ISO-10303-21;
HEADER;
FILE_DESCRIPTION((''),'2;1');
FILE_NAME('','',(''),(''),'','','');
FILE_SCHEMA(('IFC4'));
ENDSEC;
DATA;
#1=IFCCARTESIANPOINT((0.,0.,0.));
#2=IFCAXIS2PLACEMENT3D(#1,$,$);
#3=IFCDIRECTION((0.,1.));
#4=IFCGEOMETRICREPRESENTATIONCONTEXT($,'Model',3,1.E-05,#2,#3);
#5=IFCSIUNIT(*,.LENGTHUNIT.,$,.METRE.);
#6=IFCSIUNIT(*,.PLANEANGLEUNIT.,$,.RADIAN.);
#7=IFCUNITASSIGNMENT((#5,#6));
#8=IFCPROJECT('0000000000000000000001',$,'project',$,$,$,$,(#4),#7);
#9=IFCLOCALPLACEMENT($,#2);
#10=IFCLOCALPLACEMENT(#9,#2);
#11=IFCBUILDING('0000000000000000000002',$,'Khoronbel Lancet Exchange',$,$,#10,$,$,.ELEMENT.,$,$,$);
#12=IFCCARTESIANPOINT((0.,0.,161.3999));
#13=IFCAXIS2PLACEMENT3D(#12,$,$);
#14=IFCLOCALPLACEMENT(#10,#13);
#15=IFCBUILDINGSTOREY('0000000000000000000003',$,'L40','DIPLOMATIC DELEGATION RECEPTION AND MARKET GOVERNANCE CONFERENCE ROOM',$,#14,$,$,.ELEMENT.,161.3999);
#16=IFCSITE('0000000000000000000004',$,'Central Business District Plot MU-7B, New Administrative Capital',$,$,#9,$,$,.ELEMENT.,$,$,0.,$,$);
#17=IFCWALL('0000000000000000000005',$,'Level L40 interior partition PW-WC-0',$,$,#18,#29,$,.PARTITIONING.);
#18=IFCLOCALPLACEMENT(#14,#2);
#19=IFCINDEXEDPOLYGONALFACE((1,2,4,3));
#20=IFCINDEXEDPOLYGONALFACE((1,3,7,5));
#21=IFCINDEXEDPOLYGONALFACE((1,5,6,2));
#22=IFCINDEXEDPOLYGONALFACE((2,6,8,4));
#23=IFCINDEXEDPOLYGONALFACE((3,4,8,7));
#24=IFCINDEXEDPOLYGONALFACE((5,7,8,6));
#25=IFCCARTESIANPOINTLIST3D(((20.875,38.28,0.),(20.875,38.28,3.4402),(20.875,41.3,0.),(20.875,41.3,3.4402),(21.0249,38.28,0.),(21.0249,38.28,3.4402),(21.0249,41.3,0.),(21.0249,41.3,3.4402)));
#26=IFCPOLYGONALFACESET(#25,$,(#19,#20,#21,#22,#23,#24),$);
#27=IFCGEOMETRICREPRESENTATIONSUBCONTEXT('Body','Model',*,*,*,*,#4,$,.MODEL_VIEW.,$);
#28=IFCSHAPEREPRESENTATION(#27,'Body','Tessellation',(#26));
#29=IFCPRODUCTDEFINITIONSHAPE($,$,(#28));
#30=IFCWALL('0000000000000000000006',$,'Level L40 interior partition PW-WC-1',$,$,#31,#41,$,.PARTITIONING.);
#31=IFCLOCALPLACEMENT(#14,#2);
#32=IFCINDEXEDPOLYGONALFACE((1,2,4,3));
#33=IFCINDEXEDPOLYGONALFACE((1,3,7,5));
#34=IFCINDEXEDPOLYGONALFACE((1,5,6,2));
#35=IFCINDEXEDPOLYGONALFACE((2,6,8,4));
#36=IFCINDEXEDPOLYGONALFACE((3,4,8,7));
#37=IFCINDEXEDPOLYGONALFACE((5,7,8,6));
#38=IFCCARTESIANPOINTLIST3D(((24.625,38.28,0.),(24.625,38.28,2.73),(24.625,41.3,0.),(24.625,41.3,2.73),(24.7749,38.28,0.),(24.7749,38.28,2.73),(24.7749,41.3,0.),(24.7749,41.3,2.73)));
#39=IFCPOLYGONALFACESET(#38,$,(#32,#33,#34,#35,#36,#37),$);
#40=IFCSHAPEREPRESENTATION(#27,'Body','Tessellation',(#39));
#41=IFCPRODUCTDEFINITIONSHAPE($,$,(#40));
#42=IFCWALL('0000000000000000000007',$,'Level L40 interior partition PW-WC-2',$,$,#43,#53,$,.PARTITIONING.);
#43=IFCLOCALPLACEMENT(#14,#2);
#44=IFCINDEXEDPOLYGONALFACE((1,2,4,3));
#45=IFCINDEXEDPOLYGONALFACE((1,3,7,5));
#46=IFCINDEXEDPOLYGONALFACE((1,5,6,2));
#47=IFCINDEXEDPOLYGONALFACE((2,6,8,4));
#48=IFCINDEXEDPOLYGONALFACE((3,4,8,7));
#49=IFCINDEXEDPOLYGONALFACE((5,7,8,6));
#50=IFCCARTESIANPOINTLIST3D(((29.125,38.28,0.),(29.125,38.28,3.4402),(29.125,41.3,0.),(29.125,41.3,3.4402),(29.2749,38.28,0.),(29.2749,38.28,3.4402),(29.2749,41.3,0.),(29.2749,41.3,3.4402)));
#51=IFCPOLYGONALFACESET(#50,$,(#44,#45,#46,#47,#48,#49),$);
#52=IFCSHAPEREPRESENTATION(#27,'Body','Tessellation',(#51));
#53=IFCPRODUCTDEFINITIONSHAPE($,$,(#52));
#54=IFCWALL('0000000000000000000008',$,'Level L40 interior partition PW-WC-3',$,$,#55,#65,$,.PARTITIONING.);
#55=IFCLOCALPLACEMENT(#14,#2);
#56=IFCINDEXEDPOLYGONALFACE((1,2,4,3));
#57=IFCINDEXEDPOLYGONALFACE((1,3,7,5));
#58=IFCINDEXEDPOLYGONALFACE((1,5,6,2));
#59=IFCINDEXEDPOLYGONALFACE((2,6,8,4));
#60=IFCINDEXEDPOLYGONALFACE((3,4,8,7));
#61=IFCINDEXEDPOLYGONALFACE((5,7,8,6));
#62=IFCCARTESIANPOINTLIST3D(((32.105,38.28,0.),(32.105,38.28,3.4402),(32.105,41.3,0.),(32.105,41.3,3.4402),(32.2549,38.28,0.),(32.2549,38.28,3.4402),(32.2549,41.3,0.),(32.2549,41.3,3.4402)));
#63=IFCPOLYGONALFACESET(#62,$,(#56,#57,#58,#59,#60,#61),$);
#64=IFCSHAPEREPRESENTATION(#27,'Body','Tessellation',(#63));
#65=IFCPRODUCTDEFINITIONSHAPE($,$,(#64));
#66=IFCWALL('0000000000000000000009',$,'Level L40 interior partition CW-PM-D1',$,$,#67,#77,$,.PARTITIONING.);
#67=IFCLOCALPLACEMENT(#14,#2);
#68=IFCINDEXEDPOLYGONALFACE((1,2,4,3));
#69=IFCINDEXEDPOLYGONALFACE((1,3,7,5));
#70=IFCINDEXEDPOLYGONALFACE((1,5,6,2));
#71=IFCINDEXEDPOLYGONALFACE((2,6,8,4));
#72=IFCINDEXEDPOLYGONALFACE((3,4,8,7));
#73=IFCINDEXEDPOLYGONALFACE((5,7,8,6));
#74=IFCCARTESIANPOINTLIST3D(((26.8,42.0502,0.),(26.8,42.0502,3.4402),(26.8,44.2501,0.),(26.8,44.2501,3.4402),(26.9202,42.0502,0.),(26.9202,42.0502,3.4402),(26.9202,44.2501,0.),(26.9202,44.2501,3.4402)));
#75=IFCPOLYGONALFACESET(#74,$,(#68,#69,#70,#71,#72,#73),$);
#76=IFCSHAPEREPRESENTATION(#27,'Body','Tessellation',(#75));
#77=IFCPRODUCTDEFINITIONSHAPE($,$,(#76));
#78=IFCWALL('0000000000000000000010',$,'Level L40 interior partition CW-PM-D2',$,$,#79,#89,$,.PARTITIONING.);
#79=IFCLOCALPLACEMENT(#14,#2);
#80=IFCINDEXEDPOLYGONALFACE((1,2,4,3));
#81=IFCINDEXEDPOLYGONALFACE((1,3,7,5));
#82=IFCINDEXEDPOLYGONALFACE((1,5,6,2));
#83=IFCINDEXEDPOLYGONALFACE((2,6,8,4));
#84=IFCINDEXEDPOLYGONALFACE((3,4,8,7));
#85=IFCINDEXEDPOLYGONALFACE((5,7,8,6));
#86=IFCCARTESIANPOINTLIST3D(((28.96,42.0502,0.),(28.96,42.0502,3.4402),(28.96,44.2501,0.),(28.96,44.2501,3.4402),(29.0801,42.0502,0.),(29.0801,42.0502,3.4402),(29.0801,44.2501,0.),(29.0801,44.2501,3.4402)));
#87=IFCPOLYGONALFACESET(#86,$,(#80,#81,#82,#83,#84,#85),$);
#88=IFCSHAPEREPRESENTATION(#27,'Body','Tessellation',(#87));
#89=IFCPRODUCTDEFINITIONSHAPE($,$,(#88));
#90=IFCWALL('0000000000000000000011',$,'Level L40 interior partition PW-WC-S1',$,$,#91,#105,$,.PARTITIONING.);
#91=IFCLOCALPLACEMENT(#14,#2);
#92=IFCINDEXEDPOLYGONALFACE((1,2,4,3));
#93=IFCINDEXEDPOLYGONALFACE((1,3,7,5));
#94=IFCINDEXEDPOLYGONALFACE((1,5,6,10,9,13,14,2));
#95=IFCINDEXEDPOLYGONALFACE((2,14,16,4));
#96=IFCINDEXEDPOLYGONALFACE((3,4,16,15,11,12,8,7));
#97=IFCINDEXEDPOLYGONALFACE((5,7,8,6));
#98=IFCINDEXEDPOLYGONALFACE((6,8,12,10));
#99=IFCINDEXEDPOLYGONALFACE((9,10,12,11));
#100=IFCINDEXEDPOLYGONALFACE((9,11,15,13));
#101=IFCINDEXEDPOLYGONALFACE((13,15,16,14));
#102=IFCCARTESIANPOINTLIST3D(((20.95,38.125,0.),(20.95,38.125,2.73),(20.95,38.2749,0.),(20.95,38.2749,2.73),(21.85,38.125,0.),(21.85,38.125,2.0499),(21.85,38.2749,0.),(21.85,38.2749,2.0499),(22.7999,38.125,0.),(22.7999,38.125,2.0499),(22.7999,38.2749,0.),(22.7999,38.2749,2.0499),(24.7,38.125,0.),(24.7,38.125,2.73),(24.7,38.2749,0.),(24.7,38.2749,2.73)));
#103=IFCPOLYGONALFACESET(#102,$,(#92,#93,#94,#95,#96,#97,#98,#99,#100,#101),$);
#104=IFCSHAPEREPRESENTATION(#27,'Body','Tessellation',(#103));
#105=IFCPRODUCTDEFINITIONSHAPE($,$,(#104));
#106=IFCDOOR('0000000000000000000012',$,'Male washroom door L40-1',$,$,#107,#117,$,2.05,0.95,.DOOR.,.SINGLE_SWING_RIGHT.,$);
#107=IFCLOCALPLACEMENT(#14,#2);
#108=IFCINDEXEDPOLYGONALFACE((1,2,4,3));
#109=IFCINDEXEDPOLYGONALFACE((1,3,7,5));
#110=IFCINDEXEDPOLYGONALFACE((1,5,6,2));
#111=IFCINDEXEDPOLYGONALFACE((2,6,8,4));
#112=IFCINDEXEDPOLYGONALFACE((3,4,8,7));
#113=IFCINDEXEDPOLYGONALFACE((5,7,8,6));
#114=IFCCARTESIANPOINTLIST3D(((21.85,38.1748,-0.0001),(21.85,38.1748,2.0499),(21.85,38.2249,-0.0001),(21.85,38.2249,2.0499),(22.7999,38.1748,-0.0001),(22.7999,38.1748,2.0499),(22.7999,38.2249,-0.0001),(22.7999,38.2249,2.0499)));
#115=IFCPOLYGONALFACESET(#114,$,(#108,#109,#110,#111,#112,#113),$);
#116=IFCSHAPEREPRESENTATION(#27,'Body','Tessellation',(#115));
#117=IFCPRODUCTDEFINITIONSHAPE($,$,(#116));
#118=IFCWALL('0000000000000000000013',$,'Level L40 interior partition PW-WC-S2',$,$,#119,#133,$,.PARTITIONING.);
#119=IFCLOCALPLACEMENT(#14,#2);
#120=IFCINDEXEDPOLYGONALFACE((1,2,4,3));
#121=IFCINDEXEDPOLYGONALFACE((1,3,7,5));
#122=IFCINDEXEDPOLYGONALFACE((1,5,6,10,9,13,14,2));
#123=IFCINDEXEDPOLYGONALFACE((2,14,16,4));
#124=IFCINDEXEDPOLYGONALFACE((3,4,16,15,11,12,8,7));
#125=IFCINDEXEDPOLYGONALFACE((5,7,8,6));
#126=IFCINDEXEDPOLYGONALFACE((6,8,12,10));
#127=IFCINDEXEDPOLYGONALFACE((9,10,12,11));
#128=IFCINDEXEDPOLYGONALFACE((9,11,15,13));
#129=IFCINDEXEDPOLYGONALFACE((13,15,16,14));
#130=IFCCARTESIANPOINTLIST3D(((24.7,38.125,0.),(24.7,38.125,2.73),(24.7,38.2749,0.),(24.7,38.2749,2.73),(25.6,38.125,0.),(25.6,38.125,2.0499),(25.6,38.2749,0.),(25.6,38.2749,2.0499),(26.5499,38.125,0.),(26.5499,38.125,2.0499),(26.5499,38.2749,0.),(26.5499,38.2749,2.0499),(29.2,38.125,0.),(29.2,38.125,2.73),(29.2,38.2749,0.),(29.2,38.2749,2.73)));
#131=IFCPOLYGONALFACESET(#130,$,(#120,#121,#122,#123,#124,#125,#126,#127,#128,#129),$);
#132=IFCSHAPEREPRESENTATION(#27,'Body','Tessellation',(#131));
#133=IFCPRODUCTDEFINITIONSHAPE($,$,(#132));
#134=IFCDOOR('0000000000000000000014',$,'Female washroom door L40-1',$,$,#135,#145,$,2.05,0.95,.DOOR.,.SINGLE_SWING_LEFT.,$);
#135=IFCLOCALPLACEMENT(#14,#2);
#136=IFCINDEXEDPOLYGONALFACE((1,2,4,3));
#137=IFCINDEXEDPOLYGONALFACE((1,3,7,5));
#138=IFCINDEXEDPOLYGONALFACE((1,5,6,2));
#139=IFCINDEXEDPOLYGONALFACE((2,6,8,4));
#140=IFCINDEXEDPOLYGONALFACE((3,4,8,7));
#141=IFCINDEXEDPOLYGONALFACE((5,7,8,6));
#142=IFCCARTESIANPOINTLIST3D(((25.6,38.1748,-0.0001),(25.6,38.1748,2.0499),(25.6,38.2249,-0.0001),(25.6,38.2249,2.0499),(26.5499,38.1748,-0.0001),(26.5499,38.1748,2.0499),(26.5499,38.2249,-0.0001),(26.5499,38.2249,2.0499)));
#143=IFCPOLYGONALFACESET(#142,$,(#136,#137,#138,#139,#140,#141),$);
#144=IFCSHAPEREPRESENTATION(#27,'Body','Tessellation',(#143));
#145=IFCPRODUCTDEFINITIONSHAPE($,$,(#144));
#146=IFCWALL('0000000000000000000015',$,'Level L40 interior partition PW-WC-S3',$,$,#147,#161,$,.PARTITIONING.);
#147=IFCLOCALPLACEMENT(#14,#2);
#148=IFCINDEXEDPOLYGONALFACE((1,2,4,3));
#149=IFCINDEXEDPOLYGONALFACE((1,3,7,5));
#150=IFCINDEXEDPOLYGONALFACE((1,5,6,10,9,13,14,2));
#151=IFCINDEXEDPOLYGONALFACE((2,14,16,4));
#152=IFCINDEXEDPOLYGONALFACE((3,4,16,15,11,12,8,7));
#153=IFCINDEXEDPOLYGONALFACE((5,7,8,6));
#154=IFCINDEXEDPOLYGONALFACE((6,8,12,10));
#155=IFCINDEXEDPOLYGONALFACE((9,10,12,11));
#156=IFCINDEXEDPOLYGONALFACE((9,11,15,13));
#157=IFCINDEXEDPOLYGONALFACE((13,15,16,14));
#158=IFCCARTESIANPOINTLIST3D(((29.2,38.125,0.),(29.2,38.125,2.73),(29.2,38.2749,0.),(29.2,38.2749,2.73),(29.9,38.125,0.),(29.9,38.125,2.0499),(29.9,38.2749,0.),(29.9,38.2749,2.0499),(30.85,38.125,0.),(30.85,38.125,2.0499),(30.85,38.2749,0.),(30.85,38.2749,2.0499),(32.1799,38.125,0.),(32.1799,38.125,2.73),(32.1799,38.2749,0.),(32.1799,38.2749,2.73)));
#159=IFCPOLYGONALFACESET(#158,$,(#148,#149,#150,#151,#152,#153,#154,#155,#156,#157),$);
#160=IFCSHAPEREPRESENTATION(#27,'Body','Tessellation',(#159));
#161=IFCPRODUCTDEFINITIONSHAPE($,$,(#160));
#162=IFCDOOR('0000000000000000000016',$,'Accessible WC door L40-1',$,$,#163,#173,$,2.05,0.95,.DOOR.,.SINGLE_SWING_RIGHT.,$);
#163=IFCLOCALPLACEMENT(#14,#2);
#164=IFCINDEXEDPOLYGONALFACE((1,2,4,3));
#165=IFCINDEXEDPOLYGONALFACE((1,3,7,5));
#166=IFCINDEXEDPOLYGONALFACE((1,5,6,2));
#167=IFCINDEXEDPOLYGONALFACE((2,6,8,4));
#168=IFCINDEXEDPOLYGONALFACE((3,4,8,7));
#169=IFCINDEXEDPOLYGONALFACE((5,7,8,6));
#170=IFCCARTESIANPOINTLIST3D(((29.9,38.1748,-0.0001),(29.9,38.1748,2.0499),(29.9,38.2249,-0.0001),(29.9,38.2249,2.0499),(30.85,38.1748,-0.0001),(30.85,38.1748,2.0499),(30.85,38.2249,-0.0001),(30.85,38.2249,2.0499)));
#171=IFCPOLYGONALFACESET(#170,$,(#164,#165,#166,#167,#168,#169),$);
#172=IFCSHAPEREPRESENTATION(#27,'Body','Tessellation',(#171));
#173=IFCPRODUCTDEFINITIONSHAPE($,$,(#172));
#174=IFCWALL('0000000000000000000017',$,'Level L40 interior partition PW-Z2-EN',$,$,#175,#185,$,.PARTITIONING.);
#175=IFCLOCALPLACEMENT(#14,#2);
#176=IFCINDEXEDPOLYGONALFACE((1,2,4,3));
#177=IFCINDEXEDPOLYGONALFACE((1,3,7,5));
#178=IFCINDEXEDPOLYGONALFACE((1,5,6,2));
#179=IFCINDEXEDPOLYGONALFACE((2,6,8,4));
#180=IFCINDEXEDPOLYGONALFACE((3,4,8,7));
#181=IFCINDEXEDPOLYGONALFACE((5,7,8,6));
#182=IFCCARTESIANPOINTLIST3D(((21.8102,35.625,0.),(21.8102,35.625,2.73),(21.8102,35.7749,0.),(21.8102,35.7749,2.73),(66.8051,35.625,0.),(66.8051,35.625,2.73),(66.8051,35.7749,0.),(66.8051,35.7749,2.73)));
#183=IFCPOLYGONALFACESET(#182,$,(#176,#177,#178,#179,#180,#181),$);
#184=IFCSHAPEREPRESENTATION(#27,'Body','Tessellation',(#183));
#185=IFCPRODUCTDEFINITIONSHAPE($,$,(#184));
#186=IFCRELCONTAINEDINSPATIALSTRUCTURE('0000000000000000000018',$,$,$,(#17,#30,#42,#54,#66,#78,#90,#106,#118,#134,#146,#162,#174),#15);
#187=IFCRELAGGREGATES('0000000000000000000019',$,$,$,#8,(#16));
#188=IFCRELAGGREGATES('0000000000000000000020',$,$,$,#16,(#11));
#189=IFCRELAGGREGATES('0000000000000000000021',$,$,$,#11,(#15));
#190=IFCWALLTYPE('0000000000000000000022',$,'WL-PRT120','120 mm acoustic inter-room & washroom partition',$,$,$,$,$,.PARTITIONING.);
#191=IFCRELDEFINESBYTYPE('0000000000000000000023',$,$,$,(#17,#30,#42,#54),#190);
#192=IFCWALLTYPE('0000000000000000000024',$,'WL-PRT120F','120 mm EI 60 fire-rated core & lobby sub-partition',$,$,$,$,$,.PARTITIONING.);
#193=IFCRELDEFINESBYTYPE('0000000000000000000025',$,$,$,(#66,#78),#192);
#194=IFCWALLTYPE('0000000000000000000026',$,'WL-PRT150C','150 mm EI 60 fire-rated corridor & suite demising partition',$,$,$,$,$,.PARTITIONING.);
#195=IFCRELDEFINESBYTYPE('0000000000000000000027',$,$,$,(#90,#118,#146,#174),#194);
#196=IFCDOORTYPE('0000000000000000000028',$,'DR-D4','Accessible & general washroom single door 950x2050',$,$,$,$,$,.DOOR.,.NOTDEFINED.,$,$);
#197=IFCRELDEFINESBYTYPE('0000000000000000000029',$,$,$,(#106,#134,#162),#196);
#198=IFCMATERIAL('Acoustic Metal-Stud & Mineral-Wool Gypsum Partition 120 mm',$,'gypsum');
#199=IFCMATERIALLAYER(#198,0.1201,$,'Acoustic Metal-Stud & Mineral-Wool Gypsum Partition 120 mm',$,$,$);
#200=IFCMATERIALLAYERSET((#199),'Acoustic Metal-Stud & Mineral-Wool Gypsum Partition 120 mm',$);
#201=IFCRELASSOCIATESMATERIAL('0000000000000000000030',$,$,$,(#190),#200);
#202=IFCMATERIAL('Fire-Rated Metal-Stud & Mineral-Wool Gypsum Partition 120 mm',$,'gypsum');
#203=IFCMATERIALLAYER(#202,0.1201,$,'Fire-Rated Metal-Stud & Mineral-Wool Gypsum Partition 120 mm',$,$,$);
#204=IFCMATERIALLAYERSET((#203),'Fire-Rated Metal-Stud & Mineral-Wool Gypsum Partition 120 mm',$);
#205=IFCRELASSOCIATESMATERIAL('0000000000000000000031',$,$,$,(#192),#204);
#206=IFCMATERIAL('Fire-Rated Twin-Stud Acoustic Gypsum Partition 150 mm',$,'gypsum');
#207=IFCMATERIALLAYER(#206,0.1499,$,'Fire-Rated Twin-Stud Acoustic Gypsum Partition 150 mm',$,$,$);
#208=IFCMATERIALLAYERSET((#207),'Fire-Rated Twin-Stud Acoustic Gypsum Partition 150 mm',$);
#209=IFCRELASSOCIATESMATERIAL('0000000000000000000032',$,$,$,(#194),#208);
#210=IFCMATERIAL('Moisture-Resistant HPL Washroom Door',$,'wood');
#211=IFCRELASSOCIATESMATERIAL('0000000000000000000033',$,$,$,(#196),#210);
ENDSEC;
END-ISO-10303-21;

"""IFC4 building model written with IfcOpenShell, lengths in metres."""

from ifc_helpers import new_model, si_unit, direction, frame, frame_2d, origin, place, context, subcontext, project, spatial, rectangle, extrude, material, layer, layer_set, type_object, element, fill, save


model = new_model("IFC4")

# Units and contexts
model_context = context("Model", 3, precision=1e-05, world=origin(), true_north=direction((0.0, 1.0)))
body_context = subcontext(model_context, "Body", "Model", "MODEL_VIEW")
ifc_project = project(units=[si_unit("LENGTHUNIT", "METRE"), si_unit("PLANEANGLEUNIT", "RADIAN")], contexts=[model_context])

# Site, building, storey
site_placement = place(None, origin())
site = spatial("IfcSite", under=ifc_project, at=site_placement, Name="Central Business District Plot MU-7B, New Administrative Capital", CompositionType="ELEMENT", RefElevation=0.0)
building_placement = place(site_placement, origin())
building = spatial("IfcBuilding", under=site, at=building_placement, Name="Khoronbel Lancet Exchange", CompositionType="ELEMENT")
storey_placement = place(building_placement, frame((0.0, 0.0, 161.3999)))
storey = spatial("IfcBuildingStorey", under=building, at=storey_placement, Name="L40", Description="DIPLOMATIC DELEGATION RECEPTION AND MARKET GOVERNANCE CONFERENCE ROOM", CompositionType="ELEMENT", Elevation=161.3999)

# Walls
ifc_material_1 = material(Name="Acoustic Metal-Stud & Mineral-Wool Gypsum Partition 120 mm", Category="gypsum")
ifc_layer_1 = layer(ifc_material_1, 0.1201, Name="Acoustic Metal-Stud & Mineral-Wool Gypsum Partition 120 mm")
ifc_layer_set_1 = layer_set([ifc_layer_1], Name="Acoustic Metal-Stud & Mineral-Wool Gypsum Partition 120 mm")
wall_type_1 = type_object("IfcWallType", Name="WL-PRT120", Description="120 mm acoustic inter-room & washroom partition", PredefinedType="PARTITIONING", material=ifc_layer_set_1)
wall_1_placement = place(storey_placement, frame((20.95, 38.28, 0.0), z_axis=(0.0, 0.0, 1.0), x_axis=(0.0, 1.0, 0.0)))
element("IfcWall", 1, at=wall_1_placement, inside=storey, type_object=wall_type_1, Name="Level L40 interior partition PW-WC-0", PredefinedType="PARTITIONING", context=body_context, shape_type="SweptSolid", body=[
    extrude(rectangle(XDim=3.02, YDim=0.1499, at=frame_2d((1.51, 0.0))), origin(), (0.0, 0.0, 1.0), 3.4402),
])
wall_2_placement = place(storey_placement, frame((24.7, 38.28, 0.0), z_axis=(0.0, 0.0, 1.0), x_axis=(0.0, 1.0, 0.0)))
element("IfcWall", 2, at=wall_2_placement, inside=storey, type_object=wall_type_1, Name="Level L40 interior partition PW-WC-1", PredefinedType="PARTITIONING", context=body_context, shape_type="SweptSolid", body=[
    extrude(rectangle(XDim=3.02, YDim=0.1499, at=frame_2d((1.51, 0.0))), origin(), (0.0, 0.0, 1.0), 2.73),
])
for number, where, z_axis, x_axis, name in (
    (3, (29.2, 38.28, 0.0), (0.0, 0.0, 1.0), (0.0, 1.0, 0.0), "Level L40 interior partition PW-WC-2"),
    (4, (32.1799, 38.28, 0.0), (0.0, 0.0, 1.0), (0.0, 1.0, 0.0), "Level L40 interior partition PW-WC-3"),
):
    element("IfcWall", number, at=place(storey_placement, frame(where, z_axis=z_axis, x_axis=x_axis)), inside=storey, type_object=wall_type_1, Name=name, PredefinedType="PARTITIONING", context=body_context, shape_type="SweptSolid", body=[
        extrude(rectangle(XDim=3.02, YDim=0.1499, at=frame_2d((1.51, 0.0))), origin(), (0.0, 0.0, 1.0), 3.4402),
    ])
ifc_material_2 = material(Name="Fire-Rated Metal-Stud & Mineral-Wool Gypsum Partition 120 mm", Category="gypsum")
ifc_layer_2 = layer(ifc_material_2, 0.1201, Name="Fire-Rated Metal-Stud & Mineral-Wool Gypsum Partition 120 mm")
ifc_layer_set_2 = layer_set([ifc_layer_2], Name="Fire-Rated Metal-Stud & Mineral-Wool Gypsum Partition 120 mm")
wall_type_2 = type_object("IfcWallType", Name="WL-PRT120F", Description="120 mm EI 60 fire-rated core & lobby sub-partition", PredefinedType="PARTITIONING", material=ifc_layer_set_2)
for number, where, z_axis, x_axis, name in (
    (5, (26.8601, 42.05, 0.0), (0.0, 0.0, 1.0), (0.0, 1.0, 0.0), "Level L40 interior partition CW-PM-D1"),
    (6, (29.02, 42.05, 0.0), (0.0, 0.0, 1.0), (0.0, 1.0, 0.0), "Level L40 interior partition CW-PM-D2"),
):
    element("IfcWall", number, at=place(storey_placement, frame(where, z_axis=z_axis, x_axis=x_axis)), inside=storey, type_object=wall_type_2, Name=name, PredefinedType="PARTITIONING", context=body_context, shape_type="SweptSolid", body=[
        extrude(rectangle(XDim=2.2, YDim=0.1201, at=frame_2d((1.1001, 0.0))), origin(), (0.0, 0.0, 1.0), 3.4402),
    ])

# Walls, openings, doors
ifc_material_3 = material(Name="Fire-Rated Twin-Stud Acoustic Gypsum Partition 150 mm", Category="gypsum")
ifc_layer_3 = layer(ifc_material_3, 0.1499, Name="Fire-Rated Twin-Stud Acoustic Gypsum Partition 150 mm")
ifc_layer_set_3 = layer_set([ifc_layer_3], Name="Fire-Rated Twin-Stud Acoustic Gypsum Partition 150 mm")
wall_type_3 = type_object("IfcWallType", Name="WL-PRT150C", Description="150 mm EI 60 fire-rated corridor & suite demising partition", PredefinedType="PARTITIONING", material=ifc_layer_set_3)
wall_3_placement = place(storey_placement, frame((20.95, 38.2, 0.0), z_axis=(0.0, 0.0, 1.0), x_axis=(1.0, 0.0, 0.0)))
wall_3 = element("IfcWall", 7, at=wall_3_placement, inside=storey, type_object=wall_type_3, Name="Level L40 interior partition PW-WC-S1", PredefinedType="PARTITIONING", context=body_context, shape_type="SweptSolid", body=[
    extrude(rectangle(XDim=3.75, YDim=0.1499, at=frame_2d((1.875, 0.0))), origin(), (0.0, 0.0, 1.0), 2.73),
])
opening_1_placement = place(wall_3_placement, frame((0.8999, 0.0, 0.0)))
opening_1 = element("IfcOpeningElement", 8, at=opening_1_placement, cuts=wall_3, PredefinedType="OPENING", context=body_context, shape_type="SweptSolid", body=[
    extrude(rectangle(XDim=0.95, YDim=2.05, at=frame_2d((0.4751, 1.0249))), frame((0.0, 0.085, 0.0), z_axis=(0.0, -1.0, 0.0), x_axis=(1.0, 0.0, 0.0)), (0.0, 0.0, 1.0), 0.1699),
])
ifc_material_4 = material(Name="Moisture-Resistant HPL Washroom Door", Category="wood")
door_type_1 = type_object("IfcDoorType", Name="DR-D4", Description="Accessible & general washroom single door 950x2050", OperationType="NOTDEFINED", PredefinedType="DOOR", material=ifc_material_4)
door_1_placement = place(opening_1_placement, origin())
door_1 = element("IfcDoor", 9, at=door_1_placement, inside=storey, type_object=door_type_1, Name="Male washroom door L40-1", OperationType="SINGLE_SWING_RIGHT", OverallHeight=2.05, OverallWidth=0.95, PredefinedType="DOOR", context=body_context, shape_type="SweptSolid", body=[
    extrude(rectangle(XDim=0.95, YDim=2.05, at=frame_2d((0.4751, 1.0249))), frame((0.0, 0.0249, 0.0), z_axis=(0.0, -1.0, 0.0), x_axis=(1.0, 0.0, 0.0)), (0.0, 0.0, 1.0), 0.05),
])
fill(opening_1, door_1)
wall_4_placement = place(storey_placement, frame((24.7, 38.2, 0.0), z_axis=(0.0, 0.0, 1.0), x_axis=(1.0, 0.0, 0.0)))
wall_4 = element("IfcWall", 10, at=wall_4_placement, inside=storey, type_object=wall_type_3, Name="Level L40 interior partition PW-WC-S2", PredefinedType="PARTITIONING", context=body_context, shape_type="SweptSolid", body=[
    extrude(rectangle(XDim=4.5, YDim=0.1499, at=frame_2d((2.25, 0.0))), origin(), (0.0, 0.0, 1.0), 2.73),
])
opening_2_placement = place(wall_4_placement, frame((0.8999, 0.0, 0.0)))
opening_2 = element("IfcOpeningElement", 11, at=opening_2_placement, cuts=wall_4, PredefinedType="OPENING", context=body_context, shape_type="SweptSolid", body=[
    extrude(rectangle(XDim=0.95, YDim=2.05, at=frame_2d((0.4751, 1.0249))), frame((0.0, 0.085, 0.0), z_axis=(0.0, -1.0, 0.0), x_axis=(1.0, 0.0, 0.0)), (0.0, 0.0, 1.0), 0.1699),
])
door_2_placement = place(opening_2_placement, origin())
door_2 = element("IfcDoor", 12, at=door_2_placement, inside=storey, type_object=door_type_1, Name="Female washroom door L40-1", OperationType="SINGLE_SWING_LEFT", OverallHeight=2.05, OverallWidth=0.95, PredefinedType="DOOR", context=body_context, shape_type="SweptSolid", body=[
    extrude(rectangle(XDim=0.95, YDim=2.05, at=frame_2d((0.4751, 1.0249))), frame((0.0, 0.0249, 0.0), z_axis=(0.0, -1.0, 0.0), x_axis=(1.0, 0.0, 0.0)), (0.0, 0.0, 1.0), 0.05),
])
fill(opening_2, door_2)
wall_5_placement = place(storey_placement, frame((29.2, 38.2, 0.0), z_axis=(0.0, 0.0, 1.0), x_axis=(1.0, 0.0, 0.0)))
wall_5 = element("IfcWall", 13, at=wall_5_placement, inside=storey, type_object=wall_type_3, Name="Level L40 interior partition PW-WC-S3", PredefinedType="PARTITIONING", context=body_context, shape_type="SweptSolid", body=[
    extrude(rectangle(XDim=2.98, YDim=0.1499, at=frame_2d((1.49, 0.0))), origin(), (0.0, 0.0, 1.0), 2.73),
])
opening_3_placement = place(wall_5_placement, frame((0.7, 0.0, 0.0)))
opening_3 = element("IfcOpeningElement", 14, at=opening_3_placement, cuts=wall_5, PredefinedType="OPENING", context=body_context, shape_type="SweptSolid", body=[
    extrude(rectangle(XDim=0.95, YDim=2.05, at=frame_2d((0.4751, 1.0249))), frame((0.0, 0.085, 0.0), z_axis=(0.0, -1.0, 0.0), x_axis=(1.0, 0.0, 0.0)), (0.0, 0.0, 1.0), 0.1699),
])
door_3_placement = place(opening_3_placement, origin())
door_3 = element("IfcDoor", 15, at=door_3_placement, inside=storey, type_object=door_type_1, Name="Accessible WC door L40-1", OperationType="SINGLE_SWING_RIGHT", OverallHeight=2.05, OverallWidth=0.95, PredefinedType="DOOR", context=body_context, shape_type="SweptSolid", body=[
    extrude(rectangle(XDim=0.95, YDim=2.05, at=frame_2d((0.4751, 1.0249))), frame((0.0, 0.0249, 0.0), z_axis=(0.0, -1.0, 0.0), x_axis=(1.0, 0.0, 0.0)), (0.0, 0.0, 1.0), 0.05),
])
fill(opening_3, door_3)

# Wall
wall_6_placement = place(storey_placement, frame((21.8101, 35.7, 0.0), z_axis=(0.0, 0.0, 1.0), x_axis=(1.0, 0.0, 0.0)))
element("IfcWall", 16, at=wall_6_placement, inside=storey, type_object=wall_type_3, Name="Level L40 interior partition PW-Z2-EN", PredefinedType="PARTITIONING", context=body_context, shape_type="SweptSolid", body=[
    extrude(rectangle(XDim=44.9949, YDim=0.1499, at=frame_2d((22.4976, 0.0))), origin(), (0.0, 0.0, 1.0), 2.73),
])

save(model, "model.ifc")
